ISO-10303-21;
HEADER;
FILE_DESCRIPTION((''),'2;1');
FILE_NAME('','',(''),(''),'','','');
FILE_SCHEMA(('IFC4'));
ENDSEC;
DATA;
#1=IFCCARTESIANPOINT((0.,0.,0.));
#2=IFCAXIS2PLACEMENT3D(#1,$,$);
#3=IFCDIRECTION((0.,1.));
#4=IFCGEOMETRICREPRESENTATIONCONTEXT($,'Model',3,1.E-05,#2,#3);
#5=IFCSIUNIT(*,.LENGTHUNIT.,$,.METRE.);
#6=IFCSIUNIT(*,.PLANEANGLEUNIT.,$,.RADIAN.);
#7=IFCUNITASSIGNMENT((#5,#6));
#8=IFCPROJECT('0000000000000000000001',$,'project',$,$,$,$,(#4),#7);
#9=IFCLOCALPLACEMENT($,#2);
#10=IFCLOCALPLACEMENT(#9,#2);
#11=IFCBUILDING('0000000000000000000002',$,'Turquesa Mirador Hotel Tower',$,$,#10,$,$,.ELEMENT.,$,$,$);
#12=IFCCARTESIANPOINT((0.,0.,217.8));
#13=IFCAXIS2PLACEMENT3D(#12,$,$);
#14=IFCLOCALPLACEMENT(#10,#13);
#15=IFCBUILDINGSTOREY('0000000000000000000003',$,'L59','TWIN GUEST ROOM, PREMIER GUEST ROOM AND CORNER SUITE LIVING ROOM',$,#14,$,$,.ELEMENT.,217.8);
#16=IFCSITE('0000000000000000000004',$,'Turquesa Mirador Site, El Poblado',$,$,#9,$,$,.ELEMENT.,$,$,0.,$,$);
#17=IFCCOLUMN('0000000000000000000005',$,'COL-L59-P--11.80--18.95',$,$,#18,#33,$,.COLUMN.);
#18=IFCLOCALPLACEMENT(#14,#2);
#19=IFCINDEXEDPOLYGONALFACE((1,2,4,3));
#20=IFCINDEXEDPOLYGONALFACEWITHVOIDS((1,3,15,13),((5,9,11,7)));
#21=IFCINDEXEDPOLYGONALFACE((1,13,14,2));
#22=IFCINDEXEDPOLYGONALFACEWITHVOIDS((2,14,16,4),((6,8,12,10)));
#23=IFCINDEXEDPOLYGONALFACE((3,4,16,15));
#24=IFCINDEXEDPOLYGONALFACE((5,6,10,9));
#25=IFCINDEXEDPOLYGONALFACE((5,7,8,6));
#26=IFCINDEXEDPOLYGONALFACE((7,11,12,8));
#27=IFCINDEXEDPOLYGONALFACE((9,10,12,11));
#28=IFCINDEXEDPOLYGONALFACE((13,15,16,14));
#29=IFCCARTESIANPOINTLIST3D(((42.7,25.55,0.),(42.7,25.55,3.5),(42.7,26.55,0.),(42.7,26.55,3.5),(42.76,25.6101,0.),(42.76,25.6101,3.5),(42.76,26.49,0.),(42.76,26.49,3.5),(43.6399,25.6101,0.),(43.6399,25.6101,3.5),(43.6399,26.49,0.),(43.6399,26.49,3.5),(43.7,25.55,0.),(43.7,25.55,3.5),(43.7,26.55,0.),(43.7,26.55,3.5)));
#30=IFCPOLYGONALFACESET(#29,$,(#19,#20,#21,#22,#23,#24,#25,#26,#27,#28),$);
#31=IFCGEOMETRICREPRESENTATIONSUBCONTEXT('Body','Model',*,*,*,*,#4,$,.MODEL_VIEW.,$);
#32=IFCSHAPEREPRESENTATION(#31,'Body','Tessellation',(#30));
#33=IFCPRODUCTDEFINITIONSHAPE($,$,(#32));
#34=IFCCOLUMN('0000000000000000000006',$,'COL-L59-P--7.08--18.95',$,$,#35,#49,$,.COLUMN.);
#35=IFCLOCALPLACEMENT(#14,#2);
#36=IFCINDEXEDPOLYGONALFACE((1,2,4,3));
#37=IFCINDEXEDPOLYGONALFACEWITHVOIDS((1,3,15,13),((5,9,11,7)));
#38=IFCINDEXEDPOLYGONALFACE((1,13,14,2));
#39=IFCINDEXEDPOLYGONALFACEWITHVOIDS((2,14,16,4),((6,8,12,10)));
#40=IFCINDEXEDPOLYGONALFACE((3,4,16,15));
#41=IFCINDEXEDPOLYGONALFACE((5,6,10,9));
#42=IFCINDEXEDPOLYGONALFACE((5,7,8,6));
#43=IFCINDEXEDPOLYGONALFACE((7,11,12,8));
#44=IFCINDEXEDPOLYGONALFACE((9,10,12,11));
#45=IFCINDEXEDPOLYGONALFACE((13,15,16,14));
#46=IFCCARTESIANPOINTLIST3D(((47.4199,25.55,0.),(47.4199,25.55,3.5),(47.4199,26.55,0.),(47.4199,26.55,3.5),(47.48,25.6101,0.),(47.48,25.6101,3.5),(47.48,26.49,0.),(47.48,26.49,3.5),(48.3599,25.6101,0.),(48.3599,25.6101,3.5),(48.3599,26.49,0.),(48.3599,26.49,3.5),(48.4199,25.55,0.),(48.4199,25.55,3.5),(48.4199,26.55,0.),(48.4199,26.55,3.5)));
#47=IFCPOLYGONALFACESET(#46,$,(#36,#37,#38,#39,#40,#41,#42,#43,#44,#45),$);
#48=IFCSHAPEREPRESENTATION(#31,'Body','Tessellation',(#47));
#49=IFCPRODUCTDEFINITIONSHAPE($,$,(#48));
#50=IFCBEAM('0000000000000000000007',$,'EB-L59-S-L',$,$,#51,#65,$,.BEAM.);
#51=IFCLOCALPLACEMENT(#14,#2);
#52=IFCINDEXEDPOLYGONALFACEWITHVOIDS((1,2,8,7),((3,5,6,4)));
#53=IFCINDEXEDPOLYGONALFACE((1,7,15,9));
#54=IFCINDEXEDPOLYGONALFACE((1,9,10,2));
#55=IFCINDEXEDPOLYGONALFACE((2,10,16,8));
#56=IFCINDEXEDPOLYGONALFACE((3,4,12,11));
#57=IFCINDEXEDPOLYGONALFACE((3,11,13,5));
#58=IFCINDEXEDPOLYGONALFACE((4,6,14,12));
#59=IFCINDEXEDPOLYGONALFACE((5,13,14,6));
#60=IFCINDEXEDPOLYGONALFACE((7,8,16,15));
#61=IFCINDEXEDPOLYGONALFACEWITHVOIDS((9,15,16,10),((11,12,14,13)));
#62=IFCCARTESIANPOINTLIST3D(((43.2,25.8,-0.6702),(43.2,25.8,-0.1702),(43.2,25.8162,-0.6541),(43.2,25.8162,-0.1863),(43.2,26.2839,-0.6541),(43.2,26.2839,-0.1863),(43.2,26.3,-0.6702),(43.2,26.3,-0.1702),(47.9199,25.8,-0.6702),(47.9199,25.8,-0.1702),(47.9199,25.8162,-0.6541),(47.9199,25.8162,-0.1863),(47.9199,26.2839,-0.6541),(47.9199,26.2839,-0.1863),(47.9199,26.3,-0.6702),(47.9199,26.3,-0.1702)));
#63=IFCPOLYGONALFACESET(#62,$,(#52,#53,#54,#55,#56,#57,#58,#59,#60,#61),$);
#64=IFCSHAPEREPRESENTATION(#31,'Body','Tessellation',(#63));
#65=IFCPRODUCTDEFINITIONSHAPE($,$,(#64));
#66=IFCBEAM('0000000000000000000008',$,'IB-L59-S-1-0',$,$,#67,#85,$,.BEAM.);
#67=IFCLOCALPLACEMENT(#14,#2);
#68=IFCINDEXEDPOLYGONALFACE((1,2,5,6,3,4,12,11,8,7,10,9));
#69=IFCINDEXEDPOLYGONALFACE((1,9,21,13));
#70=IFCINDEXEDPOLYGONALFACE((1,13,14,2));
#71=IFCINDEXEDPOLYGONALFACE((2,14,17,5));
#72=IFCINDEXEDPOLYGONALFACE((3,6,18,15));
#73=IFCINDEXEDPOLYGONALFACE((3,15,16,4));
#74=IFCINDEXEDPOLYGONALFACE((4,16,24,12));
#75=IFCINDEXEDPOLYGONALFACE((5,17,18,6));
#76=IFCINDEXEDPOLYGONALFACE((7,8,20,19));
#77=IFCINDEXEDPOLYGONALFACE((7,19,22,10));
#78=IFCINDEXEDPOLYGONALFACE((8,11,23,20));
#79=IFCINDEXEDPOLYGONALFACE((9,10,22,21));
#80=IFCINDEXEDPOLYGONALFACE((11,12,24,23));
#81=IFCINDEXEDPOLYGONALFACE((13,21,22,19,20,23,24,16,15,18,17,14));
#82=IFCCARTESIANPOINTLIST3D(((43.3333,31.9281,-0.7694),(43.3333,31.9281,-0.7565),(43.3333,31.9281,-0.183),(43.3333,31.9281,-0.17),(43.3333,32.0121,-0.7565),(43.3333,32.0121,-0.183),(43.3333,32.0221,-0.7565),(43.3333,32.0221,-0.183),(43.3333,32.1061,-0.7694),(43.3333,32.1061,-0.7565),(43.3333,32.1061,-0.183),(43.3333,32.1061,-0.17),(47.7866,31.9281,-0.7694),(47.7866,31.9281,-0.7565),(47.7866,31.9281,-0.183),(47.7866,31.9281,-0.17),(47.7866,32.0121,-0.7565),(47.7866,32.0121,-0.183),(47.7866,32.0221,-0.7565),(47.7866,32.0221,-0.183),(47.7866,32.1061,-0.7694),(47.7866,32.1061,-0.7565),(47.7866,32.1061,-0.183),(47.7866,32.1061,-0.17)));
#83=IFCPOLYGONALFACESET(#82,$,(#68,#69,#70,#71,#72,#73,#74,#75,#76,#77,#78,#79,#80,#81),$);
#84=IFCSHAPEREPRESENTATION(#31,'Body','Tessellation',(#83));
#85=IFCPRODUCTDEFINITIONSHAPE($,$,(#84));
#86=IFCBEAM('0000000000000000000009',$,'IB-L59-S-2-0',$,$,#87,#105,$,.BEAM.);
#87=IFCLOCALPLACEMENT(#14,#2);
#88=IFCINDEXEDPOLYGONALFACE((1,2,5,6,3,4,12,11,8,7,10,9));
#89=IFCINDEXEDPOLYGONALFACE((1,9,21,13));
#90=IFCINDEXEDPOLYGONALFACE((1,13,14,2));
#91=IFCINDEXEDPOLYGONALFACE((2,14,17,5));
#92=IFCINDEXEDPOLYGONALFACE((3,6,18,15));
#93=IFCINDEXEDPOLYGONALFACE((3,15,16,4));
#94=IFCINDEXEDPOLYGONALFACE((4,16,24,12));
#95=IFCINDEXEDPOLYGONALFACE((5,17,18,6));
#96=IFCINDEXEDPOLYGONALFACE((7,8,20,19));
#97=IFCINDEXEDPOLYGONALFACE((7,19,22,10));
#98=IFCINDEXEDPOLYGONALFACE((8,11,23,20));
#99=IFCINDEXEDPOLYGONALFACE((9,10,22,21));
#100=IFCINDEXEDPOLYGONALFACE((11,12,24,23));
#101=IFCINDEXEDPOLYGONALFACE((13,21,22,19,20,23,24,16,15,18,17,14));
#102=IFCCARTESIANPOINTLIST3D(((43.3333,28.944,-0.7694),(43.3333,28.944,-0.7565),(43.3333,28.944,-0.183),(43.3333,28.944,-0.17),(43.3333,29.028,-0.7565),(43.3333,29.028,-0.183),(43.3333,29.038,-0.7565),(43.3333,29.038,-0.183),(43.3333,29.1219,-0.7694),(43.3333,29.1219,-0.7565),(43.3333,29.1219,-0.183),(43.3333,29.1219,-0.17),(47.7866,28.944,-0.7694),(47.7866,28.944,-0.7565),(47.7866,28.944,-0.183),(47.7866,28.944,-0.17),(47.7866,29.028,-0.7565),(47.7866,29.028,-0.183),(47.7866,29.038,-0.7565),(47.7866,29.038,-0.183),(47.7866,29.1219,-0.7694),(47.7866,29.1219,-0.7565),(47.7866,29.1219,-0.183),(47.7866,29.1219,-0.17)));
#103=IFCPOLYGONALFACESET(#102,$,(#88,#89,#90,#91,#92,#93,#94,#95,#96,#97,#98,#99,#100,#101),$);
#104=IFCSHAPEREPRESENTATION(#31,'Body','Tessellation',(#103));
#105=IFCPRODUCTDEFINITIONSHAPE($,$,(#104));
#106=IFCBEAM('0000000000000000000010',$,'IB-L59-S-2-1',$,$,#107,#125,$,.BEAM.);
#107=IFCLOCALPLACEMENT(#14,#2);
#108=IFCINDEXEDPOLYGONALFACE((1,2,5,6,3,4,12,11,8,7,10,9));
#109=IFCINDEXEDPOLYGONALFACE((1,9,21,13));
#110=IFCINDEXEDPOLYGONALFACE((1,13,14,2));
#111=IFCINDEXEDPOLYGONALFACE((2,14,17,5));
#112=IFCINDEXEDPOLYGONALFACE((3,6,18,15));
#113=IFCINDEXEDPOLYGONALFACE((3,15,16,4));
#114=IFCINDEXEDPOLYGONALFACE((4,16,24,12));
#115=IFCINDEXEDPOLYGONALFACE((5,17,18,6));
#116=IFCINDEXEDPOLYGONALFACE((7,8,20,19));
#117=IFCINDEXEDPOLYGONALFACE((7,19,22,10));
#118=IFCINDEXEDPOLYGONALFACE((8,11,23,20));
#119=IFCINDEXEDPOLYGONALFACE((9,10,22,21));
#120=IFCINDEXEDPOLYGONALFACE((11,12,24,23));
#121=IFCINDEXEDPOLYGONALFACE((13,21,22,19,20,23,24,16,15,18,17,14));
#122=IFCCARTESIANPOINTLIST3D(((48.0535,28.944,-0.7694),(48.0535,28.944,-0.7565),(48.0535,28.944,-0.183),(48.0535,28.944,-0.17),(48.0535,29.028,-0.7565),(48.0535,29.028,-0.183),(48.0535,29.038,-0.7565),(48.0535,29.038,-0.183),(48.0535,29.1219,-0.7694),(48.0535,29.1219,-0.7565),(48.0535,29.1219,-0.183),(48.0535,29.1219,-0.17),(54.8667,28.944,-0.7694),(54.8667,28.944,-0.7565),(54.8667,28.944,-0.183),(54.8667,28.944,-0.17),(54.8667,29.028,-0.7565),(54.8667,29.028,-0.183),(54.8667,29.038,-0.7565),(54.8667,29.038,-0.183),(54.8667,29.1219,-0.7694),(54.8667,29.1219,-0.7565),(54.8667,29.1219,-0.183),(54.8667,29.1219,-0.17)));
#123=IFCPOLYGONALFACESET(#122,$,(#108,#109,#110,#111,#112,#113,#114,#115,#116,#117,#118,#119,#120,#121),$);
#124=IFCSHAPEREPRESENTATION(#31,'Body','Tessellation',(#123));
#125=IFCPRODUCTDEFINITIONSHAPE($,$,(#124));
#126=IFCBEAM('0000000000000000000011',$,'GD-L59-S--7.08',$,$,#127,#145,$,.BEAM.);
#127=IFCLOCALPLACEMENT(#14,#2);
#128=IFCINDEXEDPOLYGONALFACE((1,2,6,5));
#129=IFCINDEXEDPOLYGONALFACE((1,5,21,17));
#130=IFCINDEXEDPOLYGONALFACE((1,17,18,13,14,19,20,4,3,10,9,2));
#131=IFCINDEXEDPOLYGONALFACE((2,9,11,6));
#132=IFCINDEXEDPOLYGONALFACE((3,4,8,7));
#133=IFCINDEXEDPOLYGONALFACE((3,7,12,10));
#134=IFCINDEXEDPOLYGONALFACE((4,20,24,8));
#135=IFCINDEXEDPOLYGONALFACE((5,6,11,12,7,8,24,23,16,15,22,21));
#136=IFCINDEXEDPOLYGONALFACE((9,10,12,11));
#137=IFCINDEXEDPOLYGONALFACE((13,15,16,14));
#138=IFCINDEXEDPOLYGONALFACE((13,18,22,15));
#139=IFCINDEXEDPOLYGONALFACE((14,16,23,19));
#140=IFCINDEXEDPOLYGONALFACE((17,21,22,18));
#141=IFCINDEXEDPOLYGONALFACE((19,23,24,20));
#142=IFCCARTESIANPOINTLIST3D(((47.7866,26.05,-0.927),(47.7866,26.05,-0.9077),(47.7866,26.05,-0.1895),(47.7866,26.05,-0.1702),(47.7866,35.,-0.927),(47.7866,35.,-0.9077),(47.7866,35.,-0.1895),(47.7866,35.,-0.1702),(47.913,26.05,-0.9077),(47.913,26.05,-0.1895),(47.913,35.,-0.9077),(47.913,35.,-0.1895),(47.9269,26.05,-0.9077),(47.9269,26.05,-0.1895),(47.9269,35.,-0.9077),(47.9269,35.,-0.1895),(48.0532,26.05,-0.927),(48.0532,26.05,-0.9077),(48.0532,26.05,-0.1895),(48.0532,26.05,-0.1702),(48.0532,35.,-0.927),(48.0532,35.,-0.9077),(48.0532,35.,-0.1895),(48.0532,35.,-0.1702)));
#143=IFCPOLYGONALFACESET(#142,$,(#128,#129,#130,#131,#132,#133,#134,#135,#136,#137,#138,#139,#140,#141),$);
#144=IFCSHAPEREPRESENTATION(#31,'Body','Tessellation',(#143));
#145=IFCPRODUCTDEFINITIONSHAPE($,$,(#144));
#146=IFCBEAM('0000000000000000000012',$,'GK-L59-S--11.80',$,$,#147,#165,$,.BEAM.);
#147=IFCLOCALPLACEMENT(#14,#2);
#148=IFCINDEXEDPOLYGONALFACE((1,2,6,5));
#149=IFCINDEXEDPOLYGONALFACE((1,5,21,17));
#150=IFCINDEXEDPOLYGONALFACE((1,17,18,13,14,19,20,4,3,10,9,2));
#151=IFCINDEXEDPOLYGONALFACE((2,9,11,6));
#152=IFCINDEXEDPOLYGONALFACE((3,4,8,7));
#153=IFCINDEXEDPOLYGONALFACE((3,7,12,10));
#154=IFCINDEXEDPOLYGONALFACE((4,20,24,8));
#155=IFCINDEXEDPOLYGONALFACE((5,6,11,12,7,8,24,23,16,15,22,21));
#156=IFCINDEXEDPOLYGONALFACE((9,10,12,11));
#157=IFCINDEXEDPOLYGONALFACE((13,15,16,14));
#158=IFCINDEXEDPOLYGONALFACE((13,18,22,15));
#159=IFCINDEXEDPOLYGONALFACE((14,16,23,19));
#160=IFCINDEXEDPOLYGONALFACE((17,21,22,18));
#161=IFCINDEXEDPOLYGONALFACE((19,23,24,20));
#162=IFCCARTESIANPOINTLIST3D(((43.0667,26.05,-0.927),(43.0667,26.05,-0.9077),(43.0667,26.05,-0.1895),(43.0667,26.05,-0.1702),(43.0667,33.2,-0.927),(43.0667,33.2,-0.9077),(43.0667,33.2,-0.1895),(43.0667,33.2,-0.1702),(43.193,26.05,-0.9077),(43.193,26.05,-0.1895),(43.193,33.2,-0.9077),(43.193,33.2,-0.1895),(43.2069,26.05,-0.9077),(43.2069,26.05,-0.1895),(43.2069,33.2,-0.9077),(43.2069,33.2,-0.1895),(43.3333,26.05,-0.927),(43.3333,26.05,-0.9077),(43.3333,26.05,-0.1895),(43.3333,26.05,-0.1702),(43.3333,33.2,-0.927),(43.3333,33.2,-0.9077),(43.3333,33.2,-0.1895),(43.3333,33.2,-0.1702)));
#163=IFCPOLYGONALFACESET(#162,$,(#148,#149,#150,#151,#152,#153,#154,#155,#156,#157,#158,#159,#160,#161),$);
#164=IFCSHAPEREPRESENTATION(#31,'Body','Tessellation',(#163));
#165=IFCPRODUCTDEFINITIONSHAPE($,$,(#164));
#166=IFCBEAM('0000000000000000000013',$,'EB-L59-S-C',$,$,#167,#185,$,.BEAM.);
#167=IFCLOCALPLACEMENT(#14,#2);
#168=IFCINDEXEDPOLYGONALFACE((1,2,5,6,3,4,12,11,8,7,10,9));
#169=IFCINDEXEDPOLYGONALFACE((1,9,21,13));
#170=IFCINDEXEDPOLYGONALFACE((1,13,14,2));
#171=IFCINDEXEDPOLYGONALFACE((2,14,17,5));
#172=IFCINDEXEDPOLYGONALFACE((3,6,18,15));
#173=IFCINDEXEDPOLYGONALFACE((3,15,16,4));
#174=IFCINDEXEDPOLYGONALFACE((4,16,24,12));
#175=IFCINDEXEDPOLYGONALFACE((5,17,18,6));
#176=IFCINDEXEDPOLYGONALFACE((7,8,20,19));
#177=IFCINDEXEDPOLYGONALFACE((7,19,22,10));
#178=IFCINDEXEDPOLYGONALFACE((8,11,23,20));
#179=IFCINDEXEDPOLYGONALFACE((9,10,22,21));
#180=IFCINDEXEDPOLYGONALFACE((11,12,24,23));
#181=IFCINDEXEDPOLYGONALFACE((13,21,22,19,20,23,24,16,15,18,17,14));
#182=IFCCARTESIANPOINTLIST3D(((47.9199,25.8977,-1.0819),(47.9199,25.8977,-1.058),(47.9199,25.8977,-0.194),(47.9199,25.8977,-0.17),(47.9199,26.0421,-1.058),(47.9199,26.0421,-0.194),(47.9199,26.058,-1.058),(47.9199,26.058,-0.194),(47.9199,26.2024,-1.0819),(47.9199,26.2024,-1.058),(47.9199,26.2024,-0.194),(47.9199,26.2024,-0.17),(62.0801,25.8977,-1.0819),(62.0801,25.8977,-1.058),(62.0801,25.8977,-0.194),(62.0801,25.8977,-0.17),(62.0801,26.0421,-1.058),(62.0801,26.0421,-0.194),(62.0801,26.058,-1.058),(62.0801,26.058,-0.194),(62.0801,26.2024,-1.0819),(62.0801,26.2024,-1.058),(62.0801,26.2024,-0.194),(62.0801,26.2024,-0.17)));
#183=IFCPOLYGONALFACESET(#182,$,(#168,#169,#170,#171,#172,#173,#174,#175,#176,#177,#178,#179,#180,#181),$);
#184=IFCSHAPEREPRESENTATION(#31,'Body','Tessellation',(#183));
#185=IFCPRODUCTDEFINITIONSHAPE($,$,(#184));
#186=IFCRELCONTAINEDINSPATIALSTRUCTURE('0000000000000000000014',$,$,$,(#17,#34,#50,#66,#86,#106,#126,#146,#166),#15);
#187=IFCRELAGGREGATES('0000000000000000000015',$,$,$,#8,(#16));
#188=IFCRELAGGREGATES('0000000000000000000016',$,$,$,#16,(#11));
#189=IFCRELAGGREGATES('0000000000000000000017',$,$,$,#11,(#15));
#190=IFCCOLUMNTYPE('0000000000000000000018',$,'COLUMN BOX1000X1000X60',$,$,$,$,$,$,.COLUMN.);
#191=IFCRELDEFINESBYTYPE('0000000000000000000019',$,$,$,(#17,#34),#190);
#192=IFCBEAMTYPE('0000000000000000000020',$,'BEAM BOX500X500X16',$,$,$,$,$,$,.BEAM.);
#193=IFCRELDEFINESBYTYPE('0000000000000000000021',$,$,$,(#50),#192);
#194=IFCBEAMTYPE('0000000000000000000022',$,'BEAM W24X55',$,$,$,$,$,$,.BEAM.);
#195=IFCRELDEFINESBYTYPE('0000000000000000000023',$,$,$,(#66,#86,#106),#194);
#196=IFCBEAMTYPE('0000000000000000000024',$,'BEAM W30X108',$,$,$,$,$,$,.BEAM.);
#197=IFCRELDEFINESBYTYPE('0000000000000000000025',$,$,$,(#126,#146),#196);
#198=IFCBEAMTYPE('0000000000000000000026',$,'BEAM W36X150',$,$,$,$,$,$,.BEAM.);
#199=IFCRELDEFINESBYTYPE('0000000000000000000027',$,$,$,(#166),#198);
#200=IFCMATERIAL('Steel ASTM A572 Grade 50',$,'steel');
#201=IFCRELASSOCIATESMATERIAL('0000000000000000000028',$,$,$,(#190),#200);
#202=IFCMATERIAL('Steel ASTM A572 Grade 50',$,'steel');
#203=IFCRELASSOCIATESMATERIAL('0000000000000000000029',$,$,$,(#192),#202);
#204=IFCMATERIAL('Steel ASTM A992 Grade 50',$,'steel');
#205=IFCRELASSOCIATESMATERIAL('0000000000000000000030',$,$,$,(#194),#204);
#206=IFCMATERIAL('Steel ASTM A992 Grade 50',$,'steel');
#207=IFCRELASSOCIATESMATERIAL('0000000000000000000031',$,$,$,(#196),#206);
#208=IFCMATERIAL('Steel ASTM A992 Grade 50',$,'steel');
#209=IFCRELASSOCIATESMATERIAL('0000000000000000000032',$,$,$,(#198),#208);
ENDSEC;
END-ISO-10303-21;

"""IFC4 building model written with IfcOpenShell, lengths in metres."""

from ifc_helpers import new_model, si_unit, direction, frame, origin, origin_2d, place, context, subcontext, project, spatial, hollow_rectangle, i_section, extrude, material, material_profile, profile_set, type_object, element, save


model = new_model("IFC4")

# Units and contexts
model_context = context("Model", 3, precision=1e-05, world=origin(), true_north=direction((0.0, 1.0)))
body_context = subcontext(model_context, "Body", "Model", "MODEL_VIEW")
ifc_project = project(units=[si_unit("LENGTHUNIT", "METRE"), si_unit("PLANEANGLEUNIT", "RADIAN")], contexts=[model_context])

# Site, building, storey
site_placement = place(None, origin())
site = spatial("IfcSite", under=ifc_project, at=site_placement, Name="Turquesa Mirador Site, El Poblado", CompositionType="ELEMENT", RefElevation=0.0)
building_placement = place(site_placement, origin())
building = spatial("IfcBuilding", under=site, at=building_placement, Name="Turquesa Mirador Hotel Tower", CompositionType="ELEMENT")
storey_placement = place(building_placement, frame((0.0, 0.0, 217.8)))
storey = spatial("IfcBuildingStorey", under=building, at=storey_placement, Name="L59", Description="TWIN GUEST ROOM, PREMIER GUEST ROOM AND CORNER SUITE LIVING ROOM", CompositionType="ELEMENT", Elevation=217.8)

# Columns
ifc_material_1 = material(Name="Steel ASTM A572 Grade 50", Category="steel")
ifc_material_profile_1 = material_profile(ifc_material_1, hollow_rectangle(XDim=1.0, YDim=1.0, WallThickness=0.0601, at=origin_2d()), Name="BOX1000X1000X60")
ifc_profile_set_1 = profile_set([ifc_material_profile_1], Name="Steel ASTM A572 Grade 50")
column_type = type_object("IfcColumnType", Name="COLUMN BOX1000X1000X60", PredefinedType="COLUMN", material=ifc_profile_set_1)
for number, where, z_axis, x_axis, name in (
    (1, (43.2, 26.05, 0.0), (0.0, 0.0, 1.0), (1.0, 0.0, 0.0), "COL-L59-P--11.80--18.95"),
    (2, (47.9199, 26.05, 0.0), (0.0, 0.0, 1.0), (1.0, 0.0, 0.0), "COL-L59-P--7.08--18.95"),
):
    element("IfcColumn", number, at=place(storey_placement, frame(where, z_axis=z_axis, x_axis=x_axis)), inside=storey, type_object=column_type, Name=name, PredefinedType="COLUMN", context=body_context, shape_type="SweptSolid", body=[
        extrude(hollow_rectangle(XDim=1.0, YDim=1.0, WallThickness=0.0601, at=origin_2d()), origin(), (0.0, 0.0, 1.0), 3.5),
    ])

# Beams
ifc_material_2 = material(Name="Steel ASTM A572 Grade 50", Category="steel")
ifc_material_profile_2 = material_profile(ifc_material_2, hollow_rectangle(XDim=0.5, YDim=0.5, WallThickness=0.0161, at=origin_2d()), Name="BOX500X500X16")
ifc_profile_set_2 = profile_set([ifc_material_profile_2], Name="Steel ASTM A572 Grade 50")
beam_type_1 = type_object("IfcBeamType", Name="BEAM BOX500X500X16", PredefinedType="BEAM", material=ifc_profile_set_2)
beam_1_placement = place(storey_placement, frame((43.2, 26.05, -0.4202), z_axis=(1.0, 0.0, 0.0), x_axis=(0.0, 1.0, 0.0)))
element("IfcBeam", 3, at=beam_1_placement, inside=storey, type_object=beam_type_1, Name="EB-L59-S-L", PredefinedType="BEAM", context=body_context, shape_type="SweptSolid", body=[
    extrude(hollow_rectangle(XDim=0.5, YDim=0.5, WallThickness=0.0161, at=origin_2d()), origin(), (0.0, 0.0, 1.0), 4.72),
])
ifc_material_3 = material(Name="Steel ASTM A992 Grade 50", Category="steel")
ifc_material_profile_3 = material_profile(ifc_material_3, i_section(OverallWidth=0.178, OverallDepth=0.5994, WebThickness=0.01, FlangeThickness=0.0129, at=origin_2d()), Name="W24X55")
ifc_profile_set_3 = profile_set([ifc_material_profile_3], Name="Steel ASTM A992 Grade 50")
beam_type_2 = type_object("IfcBeamType", Name="BEAM W24X55", PredefinedType="BEAM", material=ifc_profile_set_3)
for number, where, z_axis, x_axis, name in (
    (4, (43.3333, 32.0171, -0.4697), (1.0, 0.0, 0.0), (0.0, 1.0, 0.0), "IB-L59-S-1-0"),
    (5, (43.3333, 29.033, -0.4697), (1.0, 0.0, 0.0), (0.0, 1.0, 0.0), "IB-L59-S-2-0"),
):
    element("IfcBeam", number, at=place(storey_placement, frame(where, z_axis=z_axis, x_axis=x_axis)), inside=storey, type_object=beam_type_2, Name=name, PredefinedType="BEAM", context=body_context, shape_type="SweptSolid", body=[
        extrude(i_section(OverallWidth=0.178, OverallDepth=0.5994, WebThickness=0.01, FlangeThickness=0.0129, at=origin_2d()), origin(), (0.0, 0.0, 1.0), 4.4534),
    ])
beam_2_placement = place(storey_placement, frame((48.0535, 29.033, -0.4697), z_axis=(1.0, 0.0, 0.0), x_axis=(0.0, 1.0, 0.0)))
element("IfcBeam", 6, at=beam_2_placement, inside=storey, type_object=beam_type_2, Name="IB-L59-S-2-1", PredefinedType="BEAM", context=body_context, shape_type="SweptSolid", body=[
    extrude(i_section(OverallWidth=0.178, OverallDepth=0.5994, WebThickness=0.01, FlangeThickness=0.0129, at=origin_2d()), origin(), (0.0, 0.0, 1.0), 6.8132),
])
ifc_material_4 = material(Name="Steel ASTM A992 Grade 50", Category="steel")
ifc_material_profile_4 = material_profile(ifc_material_4, i_section(OverallWidth=0.2666, OverallDepth=0.7568, WebThickness=0.0139, FlangeThickness=0.0193, at=origin_2d()), Name="W30X108")
ifc_profile_set_4 = profile_set([ifc_material_profile_4], Name="Steel ASTM A992 Grade 50")
beam_type_3 = type_object("IfcBeamType", Name="BEAM W30X108", PredefinedType="BEAM", material=ifc_profile_set_4)
beam_3_placement = place(storey_placement, frame((47.9199, 26.05, -0.5486), z_axis=(0.0, 1.0, 0.0), x_axis=(-1.0, 0.0, 0.0)))
element("IfcBeam", 7, at=beam_3_placement, inside=storey, type_object=beam_type_3, Name="GD-L59-S--7.08", PredefinedType="BEAM", context=body_context, shape_type="SweptSolid", body=[
    extrude(i_section(OverallWidth=0.2666, OverallDepth=0.7568, WebThickness=0.0139, FlangeThickness=0.0193, at=origin_2d()), origin(), (0.0, 0.0, 1.0), 8.95),
])
beam_4_placement = place(storey_placement, frame((43.2, 26.05, -0.5486), z_axis=(0.0, 1.0, 0.0), x_axis=(-1.0, 0.0, 0.0)))
element("IfcBeam", 8, at=beam_4_placement, inside=storey, type_object=beam_type_3, Name="GK-L59-S--11.80", PredefinedType="BEAM", context=body_context, shape_type="SweptSolid", body=[
    extrude(i_section(OverallWidth=0.2666, OverallDepth=0.7568, WebThickness=0.0139, FlangeThickness=0.0193, at=origin_2d()), origin(), (0.0, 0.0, 1.0), 7.1499),
])
ifc_material_5 = material(Name="Steel ASTM A992 Grade 50", Category="steel")
ifc_material_profile_5 = material_profile(ifc_material_5, i_section(OverallWidth=0.3047, OverallDepth=0.9119, WebThickness=0.0159, FlangeThickness=0.0239, at=origin_2d()), Name="W36X150")
ifc_profile_set_5 = profile_set([ifc_material_profile_5], Name="Steel ASTM A992 Grade 50")
beam_type_4 = type_object("IfcBeamType", Name="BEAM W36X150", PredefinedType="BEAM", material=ifc_profile_set_5)
beam_5_placement = place(storey_placement, frame((47.9199, 26.05, -0.626), z_axis=(1.0, 0.0, 0.0), x_axis=(0.0, 1.0, 0.0)))
element("IfcBeam", 9, at=beam_5_placement, inside=storey, type_object=beam_type_4, Name="EB-L59-S-C", PredefinedType="BEAM", context=body_context, shape_type="SweptSolid", body=[
    extrude(i_section(OverallWidth=0.3047, OverallDepth=0.9119, WebThickness=0.0159, FlangeThickness=0.0239, at=origin_2d()), origin(), (0.0, 0.0, 1.0), 14.1602),
])

save(model, "model.ifc")
